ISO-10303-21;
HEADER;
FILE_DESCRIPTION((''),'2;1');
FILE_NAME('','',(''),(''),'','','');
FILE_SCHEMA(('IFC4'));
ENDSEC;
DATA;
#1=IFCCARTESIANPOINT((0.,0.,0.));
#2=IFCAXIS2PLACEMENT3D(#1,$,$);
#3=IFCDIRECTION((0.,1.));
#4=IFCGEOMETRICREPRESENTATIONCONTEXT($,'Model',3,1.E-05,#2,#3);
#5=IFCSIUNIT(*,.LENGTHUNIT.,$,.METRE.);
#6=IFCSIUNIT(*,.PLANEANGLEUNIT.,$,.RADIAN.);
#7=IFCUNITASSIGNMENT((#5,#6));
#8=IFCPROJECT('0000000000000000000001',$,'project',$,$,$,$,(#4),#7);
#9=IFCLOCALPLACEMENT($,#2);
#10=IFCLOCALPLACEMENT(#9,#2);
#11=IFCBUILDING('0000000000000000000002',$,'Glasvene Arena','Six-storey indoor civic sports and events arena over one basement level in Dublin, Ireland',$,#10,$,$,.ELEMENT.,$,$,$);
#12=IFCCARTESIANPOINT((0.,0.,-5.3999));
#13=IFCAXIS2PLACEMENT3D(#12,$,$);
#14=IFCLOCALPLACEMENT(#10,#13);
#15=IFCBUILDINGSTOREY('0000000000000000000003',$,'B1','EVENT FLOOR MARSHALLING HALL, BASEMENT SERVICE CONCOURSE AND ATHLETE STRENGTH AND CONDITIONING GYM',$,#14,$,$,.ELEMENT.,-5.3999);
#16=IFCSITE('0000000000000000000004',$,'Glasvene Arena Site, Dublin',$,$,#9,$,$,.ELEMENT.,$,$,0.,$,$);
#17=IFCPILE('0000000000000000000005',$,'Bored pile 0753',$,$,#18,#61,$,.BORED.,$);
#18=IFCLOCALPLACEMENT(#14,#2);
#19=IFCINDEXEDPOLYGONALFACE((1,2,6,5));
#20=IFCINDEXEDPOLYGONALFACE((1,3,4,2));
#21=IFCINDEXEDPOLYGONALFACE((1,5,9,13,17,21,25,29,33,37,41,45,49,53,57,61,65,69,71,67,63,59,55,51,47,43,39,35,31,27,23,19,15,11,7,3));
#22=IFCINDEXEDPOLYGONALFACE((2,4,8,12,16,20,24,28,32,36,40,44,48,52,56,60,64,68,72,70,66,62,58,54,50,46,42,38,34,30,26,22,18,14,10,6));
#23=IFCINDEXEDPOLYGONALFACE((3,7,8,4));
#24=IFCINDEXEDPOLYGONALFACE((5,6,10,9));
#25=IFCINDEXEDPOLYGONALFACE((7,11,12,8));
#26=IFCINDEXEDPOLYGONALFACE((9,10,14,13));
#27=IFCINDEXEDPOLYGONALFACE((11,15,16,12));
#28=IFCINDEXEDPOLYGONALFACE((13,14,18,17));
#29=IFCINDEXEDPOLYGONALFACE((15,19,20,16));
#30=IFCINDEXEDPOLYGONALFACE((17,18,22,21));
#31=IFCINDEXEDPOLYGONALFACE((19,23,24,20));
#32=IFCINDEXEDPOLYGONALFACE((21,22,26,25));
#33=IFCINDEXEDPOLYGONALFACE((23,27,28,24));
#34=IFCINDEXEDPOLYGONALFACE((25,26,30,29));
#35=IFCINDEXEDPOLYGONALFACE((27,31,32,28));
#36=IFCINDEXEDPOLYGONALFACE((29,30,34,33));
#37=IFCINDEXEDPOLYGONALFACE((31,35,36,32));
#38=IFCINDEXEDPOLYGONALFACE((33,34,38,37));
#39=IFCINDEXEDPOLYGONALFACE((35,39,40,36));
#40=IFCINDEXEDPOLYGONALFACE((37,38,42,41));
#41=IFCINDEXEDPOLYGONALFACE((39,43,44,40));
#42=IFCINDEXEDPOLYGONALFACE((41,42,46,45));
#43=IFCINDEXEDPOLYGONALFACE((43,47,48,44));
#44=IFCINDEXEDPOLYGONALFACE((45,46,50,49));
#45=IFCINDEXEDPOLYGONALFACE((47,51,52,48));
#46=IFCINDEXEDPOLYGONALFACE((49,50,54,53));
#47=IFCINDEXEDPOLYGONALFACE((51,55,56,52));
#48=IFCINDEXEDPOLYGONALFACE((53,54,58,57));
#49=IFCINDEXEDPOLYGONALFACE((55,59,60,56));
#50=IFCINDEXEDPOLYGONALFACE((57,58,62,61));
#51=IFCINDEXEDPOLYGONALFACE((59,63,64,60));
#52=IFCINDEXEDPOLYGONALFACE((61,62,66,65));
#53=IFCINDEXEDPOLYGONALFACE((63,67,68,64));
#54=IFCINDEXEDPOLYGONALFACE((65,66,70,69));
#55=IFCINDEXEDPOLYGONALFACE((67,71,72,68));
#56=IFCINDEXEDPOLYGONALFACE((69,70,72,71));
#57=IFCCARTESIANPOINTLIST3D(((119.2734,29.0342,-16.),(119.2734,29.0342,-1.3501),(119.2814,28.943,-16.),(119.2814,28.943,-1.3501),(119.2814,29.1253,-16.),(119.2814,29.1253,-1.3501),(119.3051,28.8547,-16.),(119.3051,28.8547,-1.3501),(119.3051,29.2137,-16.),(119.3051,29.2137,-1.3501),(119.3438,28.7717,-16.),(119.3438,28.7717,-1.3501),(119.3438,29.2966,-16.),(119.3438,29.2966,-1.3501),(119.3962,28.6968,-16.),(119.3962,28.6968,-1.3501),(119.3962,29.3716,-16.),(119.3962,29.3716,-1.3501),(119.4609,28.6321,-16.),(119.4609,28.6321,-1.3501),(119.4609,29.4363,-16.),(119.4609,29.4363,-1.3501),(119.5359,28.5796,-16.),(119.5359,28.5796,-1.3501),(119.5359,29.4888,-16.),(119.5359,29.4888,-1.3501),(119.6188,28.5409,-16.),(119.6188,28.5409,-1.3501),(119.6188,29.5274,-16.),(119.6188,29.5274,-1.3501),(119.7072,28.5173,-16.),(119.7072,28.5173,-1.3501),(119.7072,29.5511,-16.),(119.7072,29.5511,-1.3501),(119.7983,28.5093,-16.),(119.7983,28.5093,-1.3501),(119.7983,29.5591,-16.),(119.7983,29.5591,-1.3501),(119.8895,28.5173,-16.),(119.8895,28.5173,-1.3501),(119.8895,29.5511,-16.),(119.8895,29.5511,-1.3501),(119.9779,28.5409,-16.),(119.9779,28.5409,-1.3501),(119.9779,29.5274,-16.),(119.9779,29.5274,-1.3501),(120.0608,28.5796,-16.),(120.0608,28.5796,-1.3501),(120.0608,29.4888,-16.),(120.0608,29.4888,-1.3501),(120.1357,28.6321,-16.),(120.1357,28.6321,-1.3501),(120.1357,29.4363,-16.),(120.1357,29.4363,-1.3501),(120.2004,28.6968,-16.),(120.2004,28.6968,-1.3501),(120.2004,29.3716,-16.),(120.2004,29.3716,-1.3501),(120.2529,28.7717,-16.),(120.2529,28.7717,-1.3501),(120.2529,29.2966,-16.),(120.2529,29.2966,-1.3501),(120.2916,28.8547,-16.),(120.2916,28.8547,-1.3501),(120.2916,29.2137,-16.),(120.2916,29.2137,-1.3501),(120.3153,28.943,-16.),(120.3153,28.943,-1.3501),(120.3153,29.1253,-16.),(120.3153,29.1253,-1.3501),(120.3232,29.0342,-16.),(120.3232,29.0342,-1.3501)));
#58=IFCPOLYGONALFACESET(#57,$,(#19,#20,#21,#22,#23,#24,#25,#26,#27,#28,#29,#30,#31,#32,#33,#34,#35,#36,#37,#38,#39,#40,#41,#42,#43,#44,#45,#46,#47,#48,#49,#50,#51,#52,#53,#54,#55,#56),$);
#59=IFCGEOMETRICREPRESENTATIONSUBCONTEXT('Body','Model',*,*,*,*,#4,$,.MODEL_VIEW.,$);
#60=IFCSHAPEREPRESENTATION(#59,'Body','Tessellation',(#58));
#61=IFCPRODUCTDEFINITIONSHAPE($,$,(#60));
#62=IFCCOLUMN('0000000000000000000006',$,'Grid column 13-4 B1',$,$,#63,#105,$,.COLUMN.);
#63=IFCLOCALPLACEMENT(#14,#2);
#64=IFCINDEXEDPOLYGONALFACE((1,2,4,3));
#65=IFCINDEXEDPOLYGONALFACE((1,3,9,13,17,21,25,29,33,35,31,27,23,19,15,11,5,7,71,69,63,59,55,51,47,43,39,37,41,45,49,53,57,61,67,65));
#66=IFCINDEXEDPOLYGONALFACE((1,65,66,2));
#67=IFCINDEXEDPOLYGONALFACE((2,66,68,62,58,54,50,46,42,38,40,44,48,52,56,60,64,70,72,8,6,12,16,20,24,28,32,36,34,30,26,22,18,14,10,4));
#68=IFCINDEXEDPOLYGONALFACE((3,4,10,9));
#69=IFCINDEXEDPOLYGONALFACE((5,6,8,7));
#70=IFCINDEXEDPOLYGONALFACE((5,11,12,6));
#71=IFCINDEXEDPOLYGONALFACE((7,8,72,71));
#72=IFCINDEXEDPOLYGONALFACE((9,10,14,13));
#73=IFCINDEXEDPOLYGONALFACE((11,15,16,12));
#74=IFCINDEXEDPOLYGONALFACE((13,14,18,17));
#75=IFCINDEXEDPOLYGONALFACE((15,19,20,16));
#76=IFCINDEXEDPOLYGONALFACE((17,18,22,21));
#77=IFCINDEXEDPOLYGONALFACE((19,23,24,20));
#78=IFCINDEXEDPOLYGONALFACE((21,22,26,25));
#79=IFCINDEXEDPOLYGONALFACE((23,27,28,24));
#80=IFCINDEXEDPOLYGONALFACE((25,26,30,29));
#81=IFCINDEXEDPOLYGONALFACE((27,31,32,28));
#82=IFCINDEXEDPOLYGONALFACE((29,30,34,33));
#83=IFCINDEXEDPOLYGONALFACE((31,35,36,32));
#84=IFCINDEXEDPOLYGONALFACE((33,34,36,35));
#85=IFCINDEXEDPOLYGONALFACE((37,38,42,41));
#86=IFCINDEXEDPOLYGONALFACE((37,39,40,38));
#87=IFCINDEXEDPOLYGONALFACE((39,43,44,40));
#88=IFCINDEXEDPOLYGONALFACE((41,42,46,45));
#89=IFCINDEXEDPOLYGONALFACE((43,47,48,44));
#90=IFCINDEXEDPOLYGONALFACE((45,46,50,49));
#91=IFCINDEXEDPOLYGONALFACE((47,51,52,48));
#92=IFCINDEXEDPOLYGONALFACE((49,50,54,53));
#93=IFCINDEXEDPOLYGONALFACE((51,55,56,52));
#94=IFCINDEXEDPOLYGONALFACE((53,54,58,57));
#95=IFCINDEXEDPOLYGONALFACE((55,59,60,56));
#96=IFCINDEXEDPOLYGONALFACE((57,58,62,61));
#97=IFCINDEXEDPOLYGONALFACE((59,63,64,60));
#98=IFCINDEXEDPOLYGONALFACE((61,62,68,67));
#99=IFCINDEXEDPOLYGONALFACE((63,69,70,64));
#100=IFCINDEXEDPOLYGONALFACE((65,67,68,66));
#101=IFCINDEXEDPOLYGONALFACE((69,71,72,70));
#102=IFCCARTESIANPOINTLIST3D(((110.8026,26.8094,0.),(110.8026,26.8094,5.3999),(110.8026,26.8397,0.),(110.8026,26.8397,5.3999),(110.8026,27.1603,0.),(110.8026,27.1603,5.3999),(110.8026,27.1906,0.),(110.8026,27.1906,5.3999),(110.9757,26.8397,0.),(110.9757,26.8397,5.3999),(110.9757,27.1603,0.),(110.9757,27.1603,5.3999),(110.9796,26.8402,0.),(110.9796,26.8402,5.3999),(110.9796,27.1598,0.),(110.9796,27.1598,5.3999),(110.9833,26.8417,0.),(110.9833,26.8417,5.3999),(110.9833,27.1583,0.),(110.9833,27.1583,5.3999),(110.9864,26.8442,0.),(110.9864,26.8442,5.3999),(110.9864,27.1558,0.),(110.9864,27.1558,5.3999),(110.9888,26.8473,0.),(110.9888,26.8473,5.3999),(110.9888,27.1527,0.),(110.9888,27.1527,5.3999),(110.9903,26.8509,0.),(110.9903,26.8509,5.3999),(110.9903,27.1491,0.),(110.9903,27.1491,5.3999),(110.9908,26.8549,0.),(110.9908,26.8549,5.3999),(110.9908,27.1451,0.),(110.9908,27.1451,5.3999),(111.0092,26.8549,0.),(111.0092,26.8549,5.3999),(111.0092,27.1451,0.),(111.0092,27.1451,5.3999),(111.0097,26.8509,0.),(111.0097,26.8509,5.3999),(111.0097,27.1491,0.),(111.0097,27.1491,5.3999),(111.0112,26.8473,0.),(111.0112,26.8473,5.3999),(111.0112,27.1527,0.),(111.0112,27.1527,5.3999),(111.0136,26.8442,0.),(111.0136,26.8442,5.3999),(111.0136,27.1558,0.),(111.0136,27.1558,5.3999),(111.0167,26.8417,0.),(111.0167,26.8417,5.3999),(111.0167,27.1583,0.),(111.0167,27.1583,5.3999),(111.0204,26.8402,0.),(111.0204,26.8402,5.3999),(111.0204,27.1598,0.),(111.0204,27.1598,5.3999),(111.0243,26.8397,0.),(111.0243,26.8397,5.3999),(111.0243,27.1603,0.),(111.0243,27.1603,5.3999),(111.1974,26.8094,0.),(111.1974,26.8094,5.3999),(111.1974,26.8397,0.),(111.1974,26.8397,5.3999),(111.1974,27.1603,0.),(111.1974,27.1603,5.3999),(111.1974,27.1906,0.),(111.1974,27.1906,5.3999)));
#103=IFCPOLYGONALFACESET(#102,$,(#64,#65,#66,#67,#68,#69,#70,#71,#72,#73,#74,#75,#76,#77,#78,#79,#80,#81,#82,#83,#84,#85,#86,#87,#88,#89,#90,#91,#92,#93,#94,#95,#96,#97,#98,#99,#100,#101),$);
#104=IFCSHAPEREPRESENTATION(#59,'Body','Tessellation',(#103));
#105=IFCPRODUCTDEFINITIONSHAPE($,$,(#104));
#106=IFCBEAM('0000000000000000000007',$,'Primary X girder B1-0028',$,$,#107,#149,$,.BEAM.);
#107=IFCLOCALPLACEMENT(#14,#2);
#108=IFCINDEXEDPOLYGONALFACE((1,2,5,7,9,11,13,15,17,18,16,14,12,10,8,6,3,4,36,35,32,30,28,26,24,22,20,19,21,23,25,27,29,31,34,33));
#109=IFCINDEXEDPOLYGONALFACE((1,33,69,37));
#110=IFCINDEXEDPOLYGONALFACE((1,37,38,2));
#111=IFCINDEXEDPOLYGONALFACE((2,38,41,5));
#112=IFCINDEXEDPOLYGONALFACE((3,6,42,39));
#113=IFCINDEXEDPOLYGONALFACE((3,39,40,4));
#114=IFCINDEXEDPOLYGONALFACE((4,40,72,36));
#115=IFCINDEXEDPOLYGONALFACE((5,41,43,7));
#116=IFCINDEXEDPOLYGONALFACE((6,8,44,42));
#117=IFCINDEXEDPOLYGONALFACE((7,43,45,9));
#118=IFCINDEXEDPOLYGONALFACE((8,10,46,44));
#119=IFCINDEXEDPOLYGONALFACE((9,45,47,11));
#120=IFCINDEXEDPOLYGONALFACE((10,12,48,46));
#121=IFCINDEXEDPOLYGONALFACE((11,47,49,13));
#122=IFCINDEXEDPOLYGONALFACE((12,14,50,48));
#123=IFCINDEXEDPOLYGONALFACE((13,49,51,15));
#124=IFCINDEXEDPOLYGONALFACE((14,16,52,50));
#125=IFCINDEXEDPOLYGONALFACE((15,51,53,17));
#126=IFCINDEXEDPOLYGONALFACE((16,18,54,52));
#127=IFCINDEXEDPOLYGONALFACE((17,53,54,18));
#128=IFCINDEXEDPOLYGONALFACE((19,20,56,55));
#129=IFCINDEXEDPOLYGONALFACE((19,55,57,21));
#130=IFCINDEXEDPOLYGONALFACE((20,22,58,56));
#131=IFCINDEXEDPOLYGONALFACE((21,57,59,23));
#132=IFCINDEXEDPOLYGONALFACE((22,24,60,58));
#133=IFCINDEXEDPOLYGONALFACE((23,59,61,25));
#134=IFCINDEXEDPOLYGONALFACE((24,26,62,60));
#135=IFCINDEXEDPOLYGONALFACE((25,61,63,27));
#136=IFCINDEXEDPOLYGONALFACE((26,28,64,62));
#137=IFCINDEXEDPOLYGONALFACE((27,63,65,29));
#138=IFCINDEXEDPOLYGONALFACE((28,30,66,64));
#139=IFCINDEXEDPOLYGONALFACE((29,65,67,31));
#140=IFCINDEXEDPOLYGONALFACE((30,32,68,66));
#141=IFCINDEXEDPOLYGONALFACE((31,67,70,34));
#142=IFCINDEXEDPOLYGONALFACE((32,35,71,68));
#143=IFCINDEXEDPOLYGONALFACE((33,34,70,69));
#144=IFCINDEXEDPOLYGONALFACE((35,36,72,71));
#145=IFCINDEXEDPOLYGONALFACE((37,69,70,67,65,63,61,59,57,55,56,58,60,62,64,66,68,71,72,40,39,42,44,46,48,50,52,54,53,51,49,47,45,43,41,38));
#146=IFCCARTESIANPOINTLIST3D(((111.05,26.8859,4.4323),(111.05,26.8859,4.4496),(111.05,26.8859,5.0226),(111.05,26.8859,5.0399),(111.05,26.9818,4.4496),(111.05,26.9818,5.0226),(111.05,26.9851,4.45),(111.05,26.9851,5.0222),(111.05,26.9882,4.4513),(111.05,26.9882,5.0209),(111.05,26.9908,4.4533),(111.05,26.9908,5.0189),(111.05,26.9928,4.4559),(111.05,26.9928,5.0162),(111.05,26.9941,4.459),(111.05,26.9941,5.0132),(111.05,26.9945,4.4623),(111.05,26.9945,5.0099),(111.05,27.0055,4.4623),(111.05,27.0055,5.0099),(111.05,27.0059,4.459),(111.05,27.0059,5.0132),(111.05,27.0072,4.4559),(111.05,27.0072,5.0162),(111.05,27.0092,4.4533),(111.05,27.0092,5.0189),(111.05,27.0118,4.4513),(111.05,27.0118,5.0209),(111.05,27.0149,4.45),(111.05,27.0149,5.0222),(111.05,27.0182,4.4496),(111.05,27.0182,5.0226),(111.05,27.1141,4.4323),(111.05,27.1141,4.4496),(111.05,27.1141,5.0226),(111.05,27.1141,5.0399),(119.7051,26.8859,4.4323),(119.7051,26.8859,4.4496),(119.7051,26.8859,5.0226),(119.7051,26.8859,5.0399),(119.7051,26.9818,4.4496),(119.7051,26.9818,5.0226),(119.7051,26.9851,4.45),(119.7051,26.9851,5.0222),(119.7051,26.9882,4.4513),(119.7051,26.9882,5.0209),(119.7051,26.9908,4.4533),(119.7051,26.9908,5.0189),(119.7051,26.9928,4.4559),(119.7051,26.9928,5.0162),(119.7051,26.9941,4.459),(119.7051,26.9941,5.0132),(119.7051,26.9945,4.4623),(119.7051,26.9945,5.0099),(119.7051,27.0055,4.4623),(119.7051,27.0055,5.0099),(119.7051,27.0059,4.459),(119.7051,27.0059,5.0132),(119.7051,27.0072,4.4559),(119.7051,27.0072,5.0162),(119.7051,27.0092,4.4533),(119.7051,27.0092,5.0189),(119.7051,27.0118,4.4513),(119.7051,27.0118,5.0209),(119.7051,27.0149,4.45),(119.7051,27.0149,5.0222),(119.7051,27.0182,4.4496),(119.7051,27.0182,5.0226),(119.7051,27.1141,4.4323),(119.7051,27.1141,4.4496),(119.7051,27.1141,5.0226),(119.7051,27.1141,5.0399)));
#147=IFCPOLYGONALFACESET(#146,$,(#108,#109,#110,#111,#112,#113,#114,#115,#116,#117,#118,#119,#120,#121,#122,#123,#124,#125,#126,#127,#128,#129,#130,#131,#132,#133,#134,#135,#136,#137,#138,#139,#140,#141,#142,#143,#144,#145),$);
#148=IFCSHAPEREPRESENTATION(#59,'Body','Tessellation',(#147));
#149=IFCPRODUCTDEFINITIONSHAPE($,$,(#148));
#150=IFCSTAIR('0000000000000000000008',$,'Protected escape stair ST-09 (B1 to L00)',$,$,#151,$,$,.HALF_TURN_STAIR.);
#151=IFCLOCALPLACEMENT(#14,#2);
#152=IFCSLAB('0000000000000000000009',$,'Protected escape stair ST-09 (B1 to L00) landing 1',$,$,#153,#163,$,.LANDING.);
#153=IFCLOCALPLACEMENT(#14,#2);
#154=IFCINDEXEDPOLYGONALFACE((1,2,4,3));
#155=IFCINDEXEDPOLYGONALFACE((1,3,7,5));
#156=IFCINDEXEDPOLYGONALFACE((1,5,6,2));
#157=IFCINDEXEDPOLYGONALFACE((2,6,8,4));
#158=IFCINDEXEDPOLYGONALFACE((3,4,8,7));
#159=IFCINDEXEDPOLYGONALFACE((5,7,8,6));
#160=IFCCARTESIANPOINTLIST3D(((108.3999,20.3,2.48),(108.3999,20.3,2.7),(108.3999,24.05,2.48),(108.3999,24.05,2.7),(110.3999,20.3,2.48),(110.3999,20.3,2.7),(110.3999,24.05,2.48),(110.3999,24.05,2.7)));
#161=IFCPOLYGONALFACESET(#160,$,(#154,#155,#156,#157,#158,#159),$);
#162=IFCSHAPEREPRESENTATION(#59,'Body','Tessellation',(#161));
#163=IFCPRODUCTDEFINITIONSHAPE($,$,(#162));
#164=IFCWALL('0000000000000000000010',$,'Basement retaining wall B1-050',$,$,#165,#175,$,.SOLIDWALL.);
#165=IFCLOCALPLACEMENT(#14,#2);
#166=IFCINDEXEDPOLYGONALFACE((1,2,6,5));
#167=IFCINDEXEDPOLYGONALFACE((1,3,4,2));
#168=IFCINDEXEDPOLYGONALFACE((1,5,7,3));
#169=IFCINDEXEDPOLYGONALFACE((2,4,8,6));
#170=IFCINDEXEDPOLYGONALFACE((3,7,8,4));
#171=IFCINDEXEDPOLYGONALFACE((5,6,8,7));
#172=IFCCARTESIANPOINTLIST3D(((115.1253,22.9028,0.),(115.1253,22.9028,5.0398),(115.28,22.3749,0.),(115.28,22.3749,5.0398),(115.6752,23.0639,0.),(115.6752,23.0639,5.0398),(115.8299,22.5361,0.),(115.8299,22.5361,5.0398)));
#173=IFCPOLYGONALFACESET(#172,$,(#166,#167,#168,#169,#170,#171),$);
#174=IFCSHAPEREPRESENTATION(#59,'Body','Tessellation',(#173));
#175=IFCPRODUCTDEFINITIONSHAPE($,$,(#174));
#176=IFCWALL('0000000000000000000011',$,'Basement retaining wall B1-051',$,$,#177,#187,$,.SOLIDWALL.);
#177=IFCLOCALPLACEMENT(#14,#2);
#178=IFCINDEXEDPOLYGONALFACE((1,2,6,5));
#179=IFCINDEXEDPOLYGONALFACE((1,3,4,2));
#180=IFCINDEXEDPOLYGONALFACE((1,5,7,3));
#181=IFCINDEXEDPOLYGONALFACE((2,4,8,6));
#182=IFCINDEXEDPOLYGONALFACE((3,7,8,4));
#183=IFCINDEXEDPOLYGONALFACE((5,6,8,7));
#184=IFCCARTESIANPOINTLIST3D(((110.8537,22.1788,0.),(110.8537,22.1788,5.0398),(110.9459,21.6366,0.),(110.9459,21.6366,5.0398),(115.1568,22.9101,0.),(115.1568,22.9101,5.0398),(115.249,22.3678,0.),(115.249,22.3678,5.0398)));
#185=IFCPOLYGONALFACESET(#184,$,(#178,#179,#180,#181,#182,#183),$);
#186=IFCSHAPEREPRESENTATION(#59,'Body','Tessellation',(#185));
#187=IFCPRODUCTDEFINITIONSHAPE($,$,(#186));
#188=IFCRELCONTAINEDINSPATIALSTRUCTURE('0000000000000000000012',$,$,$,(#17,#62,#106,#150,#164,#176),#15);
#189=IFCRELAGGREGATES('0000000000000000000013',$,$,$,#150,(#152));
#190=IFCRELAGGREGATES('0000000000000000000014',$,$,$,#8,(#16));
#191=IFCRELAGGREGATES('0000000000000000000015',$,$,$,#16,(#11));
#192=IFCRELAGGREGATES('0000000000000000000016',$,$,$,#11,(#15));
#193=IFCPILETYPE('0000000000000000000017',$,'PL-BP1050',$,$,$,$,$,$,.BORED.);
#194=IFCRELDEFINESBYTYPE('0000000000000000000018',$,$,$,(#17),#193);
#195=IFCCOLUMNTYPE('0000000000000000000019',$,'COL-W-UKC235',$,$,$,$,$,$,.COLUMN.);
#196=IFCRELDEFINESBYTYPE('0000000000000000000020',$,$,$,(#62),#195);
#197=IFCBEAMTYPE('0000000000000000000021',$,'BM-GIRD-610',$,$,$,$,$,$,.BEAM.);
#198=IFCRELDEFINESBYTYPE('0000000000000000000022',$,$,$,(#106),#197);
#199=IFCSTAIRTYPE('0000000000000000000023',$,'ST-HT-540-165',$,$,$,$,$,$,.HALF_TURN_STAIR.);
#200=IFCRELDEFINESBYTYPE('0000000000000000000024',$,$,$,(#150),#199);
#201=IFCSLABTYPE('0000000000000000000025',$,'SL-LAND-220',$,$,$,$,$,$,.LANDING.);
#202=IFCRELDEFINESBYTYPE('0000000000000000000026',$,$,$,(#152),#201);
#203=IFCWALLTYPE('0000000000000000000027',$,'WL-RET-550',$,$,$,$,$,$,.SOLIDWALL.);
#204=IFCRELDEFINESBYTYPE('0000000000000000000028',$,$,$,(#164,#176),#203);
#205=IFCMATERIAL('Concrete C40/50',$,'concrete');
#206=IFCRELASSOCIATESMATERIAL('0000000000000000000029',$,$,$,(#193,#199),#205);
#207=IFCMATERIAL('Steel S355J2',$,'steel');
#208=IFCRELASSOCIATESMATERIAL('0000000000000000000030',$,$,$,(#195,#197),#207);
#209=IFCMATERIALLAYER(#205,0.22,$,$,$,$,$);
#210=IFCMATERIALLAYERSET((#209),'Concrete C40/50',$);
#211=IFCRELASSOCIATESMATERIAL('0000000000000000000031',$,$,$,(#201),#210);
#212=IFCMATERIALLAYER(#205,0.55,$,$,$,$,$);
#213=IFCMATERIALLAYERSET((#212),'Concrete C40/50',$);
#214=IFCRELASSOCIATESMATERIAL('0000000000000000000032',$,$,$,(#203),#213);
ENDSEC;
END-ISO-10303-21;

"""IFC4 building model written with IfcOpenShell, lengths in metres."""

from ifc_helpers import new_model, si_unit, direction, frame, frame_2d, origin, origin_2d, place, context, subcontext, project, spatial, polyline, rectangle, circle, i_section, outline, extrude, material, layer, layer_set, material_profile, profile_set, type_object, element, aggregate, save


model = new_model("IFC4")

# Units and contexts
model_context = context("Model", 3, precision=1e-05, world=origin(), true_north=direction((0.0, 1.0)))
body_context = subcontext(model_context, "Body", "Model", "MODEL_VIEW")
ifc_project = project(units=[si_unit("LENGTHUNIT", "METRE"), si_unit("PLANEANGLEUNIT", "RADIAN")], contexts=[model_context])

# Site, building, storey
site_placement = place(None, origin())
site = spatial("IfcSite", under=ifc_project, at=site_placement, Name="Glasvene Arena Site, Dublin", CompositionType="ELEMENT", RefElevation=0.0)
building_placement = place(site_placement, origin())
building = spatial("IfcBuilding", under=site, at=building_placement, Name="Glasvene Arena", Description="Six-storey indoor civic sports and events arena over one basement level in Dublin, Ireland", CompositionType="ELEMENT")
storey_placement = place(building_placement, frame((0.0, 0.0, -5.3999)))
storey = spatial("IfcBuildingStorey", under=building, at=storey_placement, Name="B1", Description="EVENT FLOOR MARSHALLING HALL, BASEMENT SERVICE CONCOURSE AND ATHLETE STRENGTH AND CONDITIONING GYM", CompositionType="ELEMENT", Elevation=-5.3999)

# Pile
ifc_material_1 = material(Name="Concrete C40/50", Category="concrete")
ifc_material_profile_1 = material_profile(ifc_material_1, circle(Radius=0.5249, at=origin_2d()), Name="BORED PILE 1050")
ifc_profile_set_1 = profile_set([ifc_material_profile_1], Name="Concrete C40/50")
pile_type = type_object("IfcPileType", Name="PL-BP1050", PredefinedType="BORED", material=ifc_profile_set_1)
for number, where, z_axis, x_axis, name in (
    (1, (119.7983, 29.0342, -1.3501), (0.0, 0.0, -1.0), (1.0, 0.0, 0.0), "Bored pile 0753"),
):
    element("IfcPile", number, at=place(storey_placement, frame(where, z_axis=z_axis, x_axis=x_axis)), inside=storey, type_object=pile_type, Name=name, PredefinedType="BORED", context=body_context, shape_type="SweptSolid", body=[
        extrude(circle(Radius=0.5249, at=origin_2d()), origin(), (0.0, 0.0, 1.0), 14.6499),
    ])

# Column
ifc_material_2 = material(Name="Steel S355J2", Category="steel")
ifc_material_profile_2 = material_profile(ifc_material_2, i_section(OverallWidth=0.3948, OverallDepth=0.3811, WebThickness=0.0183, FlangeThickness=0.0303, FilletRadius=0.0151, at=origin_2d()), Name="UKC 356x406x235")
ifc_profile_set_2 = profile_set([ifc_material_profile_2], Name="Steel S355J2")
column_type = type_object("IfcColumnType", Name="COL-W-UKC235", PredefinedType="COLUMN", material=ifc_profile_set_2)
column_placement = place(storey_placement, frame((111.0, 27.0, 0.0), z_axis=(0.0, 0.0, 1.0), x_axis=(1.0, 0.0, 0.0)))
element("IfcColumn", 2, at=column_placement, inside=storey, type_object=column_type, Name="Grid column 13-4 B1", PredefinedType="COLUMN", context=body_context, shape_type="SweptSolid", body=[
    extrude(i_section(OverallWidth=0.3948, OverallDepth=0.3811, WebThickness=0.0183, FlangeThickness=0.0303, FilletRadius=0.0151, at=origin_2d()), origin(), (0.0, 0.0, 1.0), 5.3999),
])

# Beam
ifc_material_profile_3 = material_profile(ifc_material_2, i_section(OverallWidth=0.2283, OverallDepth=0.6077, WebThickness=0.011, FlangeThickness=0.0173, FilletRadius=0.0127, at=origin_2d()), Name="UKB 610x229x113")
ifc_profile_set_3 = profile_set([ifc_material_profile_3], Name="Steel S355J2")
beam_type = type_object("IfcBeamType", Name="BM-GIRD-610", PredefinedType="BEAM", material=ifc_profile_set_3)
beam_placement = place(storey_placement, frame((111.05, 27.0, 4.7361), z_axis=(1.0, 0.0, 0.0), x_axis=(0.0, 1.0, 0.0)))
element("IfcBeam", 3, at=beam_placement, inside=storey, type_object=beam_type, Name="Primary X girder B1-0028", PredefinedType="BEAM", context=body_context, shape_type="SweptSolid", body=[
    extrude(i_section(OverallWidth=0.2283, OverallDepth=0.6077, WebThickness=0.011, FlangeThickness=0.0173, FilletRadius=0.0127, at=origin_2d()), origin(), (0.0, 0.0, 1.0), 8.655),
])

# Stair, slab
stair_type = type_object("IfcStairType", Name="ST-HT-540-165", PredefinedType="HALF_TURN_STAIR", material=ifc_material_1)
stair_placement = place(storey_placement, origin())
stair = element("IfcStair", 4, at=stair_placement, inside=storey, type_object=stair_type, Name="Protected escape stair ST-09 (B1 to L00)", PredefinedType="HALF_TURN_STAIR")
ifc_layer_1 = layer(ifc_material_1, 0.22)
ifc_layer_set_1 = layer_set([ifc_layer_1], Name="Concrete C40/50")
slab_type = type_object("IfcSlabType", Name="SL-LAND-220", PredefinedType="LANDING", material=ifc_layer_set_1)
slab_placement = place(storey_placement, frame((109.3999, 22.175, 2.48)))
slab = element("IfcSlab", 5, at=slab_placement, type_object=slab_type, Name="Protected escape stair ST-09 (B1 to L00) landing 1", PredefinedType="LANDING", context=body_context, shape_type="SweptSolid", body=[
    extrude(outline(polyline([(-1.0, -1.875), (1.0, -1.875), (1.0, 1.875), (-1.0, 1.875), (-1.0, -1.875)])), origin(), (0.0, 0.0, 1.0), 0.22),
])
aggregate(stair, [slab])

# Walls
ifc_layer_2 = layer(ifc_material_1, 0.55)
ifc_layer_set_2 = layer_set([ifc_layer_2], Name="Concrete C40/50")
wall_type_1 = type_object("IfcWallType", Name="WL-RET-550", PredefinedType="SOLIDWALL", material=ifc_layer_set_2)
wall_1_placement = place(storey_placement, frame((115.7527, 22.8, 0.0), z_axis=(0.0, 0.0, 1.0), x_axis=(-0.959636, -0.281243, 0.0)))
element("IfcWall", 6, at=wall_1_placement, inside=storey, type_object=wall_type_1, Name="Basement retaining wall B1-050", PredefinedType="SOLIDWALL", context=body_context, shape_type="SweptSolid", body=[
    extrude(rectangle(XDim=0.573, YDim=0.55, at=frame_2d((0.2866, 0.0))), origin(), (0.0, 0.0, 1.0), 5.0398),
])
wall_2_placement = place(storey_placement, frame((115.2029, 22.6389, 0.0), z_axis=(0.0, 0.0, 1.0), x_axis=(-0.985867, -0.167528, 0.0)))
element("IfcWall", 7, at=wall_2_placement, inside=storey, type_object=wall_type_1, Name="Basement retaining wall B1-051", PredefinedType="SOLIDWALL", context=body_context, shape_type="SweptSolid", body=[
    extrude(rectangle(XDim=4.3647, YDim=0.55, at=frame_2d((2.1824, 0.0))), origin(), (0.0, 0.0, 1.0), 5.0398),
])

save(model, "model.ifc")
